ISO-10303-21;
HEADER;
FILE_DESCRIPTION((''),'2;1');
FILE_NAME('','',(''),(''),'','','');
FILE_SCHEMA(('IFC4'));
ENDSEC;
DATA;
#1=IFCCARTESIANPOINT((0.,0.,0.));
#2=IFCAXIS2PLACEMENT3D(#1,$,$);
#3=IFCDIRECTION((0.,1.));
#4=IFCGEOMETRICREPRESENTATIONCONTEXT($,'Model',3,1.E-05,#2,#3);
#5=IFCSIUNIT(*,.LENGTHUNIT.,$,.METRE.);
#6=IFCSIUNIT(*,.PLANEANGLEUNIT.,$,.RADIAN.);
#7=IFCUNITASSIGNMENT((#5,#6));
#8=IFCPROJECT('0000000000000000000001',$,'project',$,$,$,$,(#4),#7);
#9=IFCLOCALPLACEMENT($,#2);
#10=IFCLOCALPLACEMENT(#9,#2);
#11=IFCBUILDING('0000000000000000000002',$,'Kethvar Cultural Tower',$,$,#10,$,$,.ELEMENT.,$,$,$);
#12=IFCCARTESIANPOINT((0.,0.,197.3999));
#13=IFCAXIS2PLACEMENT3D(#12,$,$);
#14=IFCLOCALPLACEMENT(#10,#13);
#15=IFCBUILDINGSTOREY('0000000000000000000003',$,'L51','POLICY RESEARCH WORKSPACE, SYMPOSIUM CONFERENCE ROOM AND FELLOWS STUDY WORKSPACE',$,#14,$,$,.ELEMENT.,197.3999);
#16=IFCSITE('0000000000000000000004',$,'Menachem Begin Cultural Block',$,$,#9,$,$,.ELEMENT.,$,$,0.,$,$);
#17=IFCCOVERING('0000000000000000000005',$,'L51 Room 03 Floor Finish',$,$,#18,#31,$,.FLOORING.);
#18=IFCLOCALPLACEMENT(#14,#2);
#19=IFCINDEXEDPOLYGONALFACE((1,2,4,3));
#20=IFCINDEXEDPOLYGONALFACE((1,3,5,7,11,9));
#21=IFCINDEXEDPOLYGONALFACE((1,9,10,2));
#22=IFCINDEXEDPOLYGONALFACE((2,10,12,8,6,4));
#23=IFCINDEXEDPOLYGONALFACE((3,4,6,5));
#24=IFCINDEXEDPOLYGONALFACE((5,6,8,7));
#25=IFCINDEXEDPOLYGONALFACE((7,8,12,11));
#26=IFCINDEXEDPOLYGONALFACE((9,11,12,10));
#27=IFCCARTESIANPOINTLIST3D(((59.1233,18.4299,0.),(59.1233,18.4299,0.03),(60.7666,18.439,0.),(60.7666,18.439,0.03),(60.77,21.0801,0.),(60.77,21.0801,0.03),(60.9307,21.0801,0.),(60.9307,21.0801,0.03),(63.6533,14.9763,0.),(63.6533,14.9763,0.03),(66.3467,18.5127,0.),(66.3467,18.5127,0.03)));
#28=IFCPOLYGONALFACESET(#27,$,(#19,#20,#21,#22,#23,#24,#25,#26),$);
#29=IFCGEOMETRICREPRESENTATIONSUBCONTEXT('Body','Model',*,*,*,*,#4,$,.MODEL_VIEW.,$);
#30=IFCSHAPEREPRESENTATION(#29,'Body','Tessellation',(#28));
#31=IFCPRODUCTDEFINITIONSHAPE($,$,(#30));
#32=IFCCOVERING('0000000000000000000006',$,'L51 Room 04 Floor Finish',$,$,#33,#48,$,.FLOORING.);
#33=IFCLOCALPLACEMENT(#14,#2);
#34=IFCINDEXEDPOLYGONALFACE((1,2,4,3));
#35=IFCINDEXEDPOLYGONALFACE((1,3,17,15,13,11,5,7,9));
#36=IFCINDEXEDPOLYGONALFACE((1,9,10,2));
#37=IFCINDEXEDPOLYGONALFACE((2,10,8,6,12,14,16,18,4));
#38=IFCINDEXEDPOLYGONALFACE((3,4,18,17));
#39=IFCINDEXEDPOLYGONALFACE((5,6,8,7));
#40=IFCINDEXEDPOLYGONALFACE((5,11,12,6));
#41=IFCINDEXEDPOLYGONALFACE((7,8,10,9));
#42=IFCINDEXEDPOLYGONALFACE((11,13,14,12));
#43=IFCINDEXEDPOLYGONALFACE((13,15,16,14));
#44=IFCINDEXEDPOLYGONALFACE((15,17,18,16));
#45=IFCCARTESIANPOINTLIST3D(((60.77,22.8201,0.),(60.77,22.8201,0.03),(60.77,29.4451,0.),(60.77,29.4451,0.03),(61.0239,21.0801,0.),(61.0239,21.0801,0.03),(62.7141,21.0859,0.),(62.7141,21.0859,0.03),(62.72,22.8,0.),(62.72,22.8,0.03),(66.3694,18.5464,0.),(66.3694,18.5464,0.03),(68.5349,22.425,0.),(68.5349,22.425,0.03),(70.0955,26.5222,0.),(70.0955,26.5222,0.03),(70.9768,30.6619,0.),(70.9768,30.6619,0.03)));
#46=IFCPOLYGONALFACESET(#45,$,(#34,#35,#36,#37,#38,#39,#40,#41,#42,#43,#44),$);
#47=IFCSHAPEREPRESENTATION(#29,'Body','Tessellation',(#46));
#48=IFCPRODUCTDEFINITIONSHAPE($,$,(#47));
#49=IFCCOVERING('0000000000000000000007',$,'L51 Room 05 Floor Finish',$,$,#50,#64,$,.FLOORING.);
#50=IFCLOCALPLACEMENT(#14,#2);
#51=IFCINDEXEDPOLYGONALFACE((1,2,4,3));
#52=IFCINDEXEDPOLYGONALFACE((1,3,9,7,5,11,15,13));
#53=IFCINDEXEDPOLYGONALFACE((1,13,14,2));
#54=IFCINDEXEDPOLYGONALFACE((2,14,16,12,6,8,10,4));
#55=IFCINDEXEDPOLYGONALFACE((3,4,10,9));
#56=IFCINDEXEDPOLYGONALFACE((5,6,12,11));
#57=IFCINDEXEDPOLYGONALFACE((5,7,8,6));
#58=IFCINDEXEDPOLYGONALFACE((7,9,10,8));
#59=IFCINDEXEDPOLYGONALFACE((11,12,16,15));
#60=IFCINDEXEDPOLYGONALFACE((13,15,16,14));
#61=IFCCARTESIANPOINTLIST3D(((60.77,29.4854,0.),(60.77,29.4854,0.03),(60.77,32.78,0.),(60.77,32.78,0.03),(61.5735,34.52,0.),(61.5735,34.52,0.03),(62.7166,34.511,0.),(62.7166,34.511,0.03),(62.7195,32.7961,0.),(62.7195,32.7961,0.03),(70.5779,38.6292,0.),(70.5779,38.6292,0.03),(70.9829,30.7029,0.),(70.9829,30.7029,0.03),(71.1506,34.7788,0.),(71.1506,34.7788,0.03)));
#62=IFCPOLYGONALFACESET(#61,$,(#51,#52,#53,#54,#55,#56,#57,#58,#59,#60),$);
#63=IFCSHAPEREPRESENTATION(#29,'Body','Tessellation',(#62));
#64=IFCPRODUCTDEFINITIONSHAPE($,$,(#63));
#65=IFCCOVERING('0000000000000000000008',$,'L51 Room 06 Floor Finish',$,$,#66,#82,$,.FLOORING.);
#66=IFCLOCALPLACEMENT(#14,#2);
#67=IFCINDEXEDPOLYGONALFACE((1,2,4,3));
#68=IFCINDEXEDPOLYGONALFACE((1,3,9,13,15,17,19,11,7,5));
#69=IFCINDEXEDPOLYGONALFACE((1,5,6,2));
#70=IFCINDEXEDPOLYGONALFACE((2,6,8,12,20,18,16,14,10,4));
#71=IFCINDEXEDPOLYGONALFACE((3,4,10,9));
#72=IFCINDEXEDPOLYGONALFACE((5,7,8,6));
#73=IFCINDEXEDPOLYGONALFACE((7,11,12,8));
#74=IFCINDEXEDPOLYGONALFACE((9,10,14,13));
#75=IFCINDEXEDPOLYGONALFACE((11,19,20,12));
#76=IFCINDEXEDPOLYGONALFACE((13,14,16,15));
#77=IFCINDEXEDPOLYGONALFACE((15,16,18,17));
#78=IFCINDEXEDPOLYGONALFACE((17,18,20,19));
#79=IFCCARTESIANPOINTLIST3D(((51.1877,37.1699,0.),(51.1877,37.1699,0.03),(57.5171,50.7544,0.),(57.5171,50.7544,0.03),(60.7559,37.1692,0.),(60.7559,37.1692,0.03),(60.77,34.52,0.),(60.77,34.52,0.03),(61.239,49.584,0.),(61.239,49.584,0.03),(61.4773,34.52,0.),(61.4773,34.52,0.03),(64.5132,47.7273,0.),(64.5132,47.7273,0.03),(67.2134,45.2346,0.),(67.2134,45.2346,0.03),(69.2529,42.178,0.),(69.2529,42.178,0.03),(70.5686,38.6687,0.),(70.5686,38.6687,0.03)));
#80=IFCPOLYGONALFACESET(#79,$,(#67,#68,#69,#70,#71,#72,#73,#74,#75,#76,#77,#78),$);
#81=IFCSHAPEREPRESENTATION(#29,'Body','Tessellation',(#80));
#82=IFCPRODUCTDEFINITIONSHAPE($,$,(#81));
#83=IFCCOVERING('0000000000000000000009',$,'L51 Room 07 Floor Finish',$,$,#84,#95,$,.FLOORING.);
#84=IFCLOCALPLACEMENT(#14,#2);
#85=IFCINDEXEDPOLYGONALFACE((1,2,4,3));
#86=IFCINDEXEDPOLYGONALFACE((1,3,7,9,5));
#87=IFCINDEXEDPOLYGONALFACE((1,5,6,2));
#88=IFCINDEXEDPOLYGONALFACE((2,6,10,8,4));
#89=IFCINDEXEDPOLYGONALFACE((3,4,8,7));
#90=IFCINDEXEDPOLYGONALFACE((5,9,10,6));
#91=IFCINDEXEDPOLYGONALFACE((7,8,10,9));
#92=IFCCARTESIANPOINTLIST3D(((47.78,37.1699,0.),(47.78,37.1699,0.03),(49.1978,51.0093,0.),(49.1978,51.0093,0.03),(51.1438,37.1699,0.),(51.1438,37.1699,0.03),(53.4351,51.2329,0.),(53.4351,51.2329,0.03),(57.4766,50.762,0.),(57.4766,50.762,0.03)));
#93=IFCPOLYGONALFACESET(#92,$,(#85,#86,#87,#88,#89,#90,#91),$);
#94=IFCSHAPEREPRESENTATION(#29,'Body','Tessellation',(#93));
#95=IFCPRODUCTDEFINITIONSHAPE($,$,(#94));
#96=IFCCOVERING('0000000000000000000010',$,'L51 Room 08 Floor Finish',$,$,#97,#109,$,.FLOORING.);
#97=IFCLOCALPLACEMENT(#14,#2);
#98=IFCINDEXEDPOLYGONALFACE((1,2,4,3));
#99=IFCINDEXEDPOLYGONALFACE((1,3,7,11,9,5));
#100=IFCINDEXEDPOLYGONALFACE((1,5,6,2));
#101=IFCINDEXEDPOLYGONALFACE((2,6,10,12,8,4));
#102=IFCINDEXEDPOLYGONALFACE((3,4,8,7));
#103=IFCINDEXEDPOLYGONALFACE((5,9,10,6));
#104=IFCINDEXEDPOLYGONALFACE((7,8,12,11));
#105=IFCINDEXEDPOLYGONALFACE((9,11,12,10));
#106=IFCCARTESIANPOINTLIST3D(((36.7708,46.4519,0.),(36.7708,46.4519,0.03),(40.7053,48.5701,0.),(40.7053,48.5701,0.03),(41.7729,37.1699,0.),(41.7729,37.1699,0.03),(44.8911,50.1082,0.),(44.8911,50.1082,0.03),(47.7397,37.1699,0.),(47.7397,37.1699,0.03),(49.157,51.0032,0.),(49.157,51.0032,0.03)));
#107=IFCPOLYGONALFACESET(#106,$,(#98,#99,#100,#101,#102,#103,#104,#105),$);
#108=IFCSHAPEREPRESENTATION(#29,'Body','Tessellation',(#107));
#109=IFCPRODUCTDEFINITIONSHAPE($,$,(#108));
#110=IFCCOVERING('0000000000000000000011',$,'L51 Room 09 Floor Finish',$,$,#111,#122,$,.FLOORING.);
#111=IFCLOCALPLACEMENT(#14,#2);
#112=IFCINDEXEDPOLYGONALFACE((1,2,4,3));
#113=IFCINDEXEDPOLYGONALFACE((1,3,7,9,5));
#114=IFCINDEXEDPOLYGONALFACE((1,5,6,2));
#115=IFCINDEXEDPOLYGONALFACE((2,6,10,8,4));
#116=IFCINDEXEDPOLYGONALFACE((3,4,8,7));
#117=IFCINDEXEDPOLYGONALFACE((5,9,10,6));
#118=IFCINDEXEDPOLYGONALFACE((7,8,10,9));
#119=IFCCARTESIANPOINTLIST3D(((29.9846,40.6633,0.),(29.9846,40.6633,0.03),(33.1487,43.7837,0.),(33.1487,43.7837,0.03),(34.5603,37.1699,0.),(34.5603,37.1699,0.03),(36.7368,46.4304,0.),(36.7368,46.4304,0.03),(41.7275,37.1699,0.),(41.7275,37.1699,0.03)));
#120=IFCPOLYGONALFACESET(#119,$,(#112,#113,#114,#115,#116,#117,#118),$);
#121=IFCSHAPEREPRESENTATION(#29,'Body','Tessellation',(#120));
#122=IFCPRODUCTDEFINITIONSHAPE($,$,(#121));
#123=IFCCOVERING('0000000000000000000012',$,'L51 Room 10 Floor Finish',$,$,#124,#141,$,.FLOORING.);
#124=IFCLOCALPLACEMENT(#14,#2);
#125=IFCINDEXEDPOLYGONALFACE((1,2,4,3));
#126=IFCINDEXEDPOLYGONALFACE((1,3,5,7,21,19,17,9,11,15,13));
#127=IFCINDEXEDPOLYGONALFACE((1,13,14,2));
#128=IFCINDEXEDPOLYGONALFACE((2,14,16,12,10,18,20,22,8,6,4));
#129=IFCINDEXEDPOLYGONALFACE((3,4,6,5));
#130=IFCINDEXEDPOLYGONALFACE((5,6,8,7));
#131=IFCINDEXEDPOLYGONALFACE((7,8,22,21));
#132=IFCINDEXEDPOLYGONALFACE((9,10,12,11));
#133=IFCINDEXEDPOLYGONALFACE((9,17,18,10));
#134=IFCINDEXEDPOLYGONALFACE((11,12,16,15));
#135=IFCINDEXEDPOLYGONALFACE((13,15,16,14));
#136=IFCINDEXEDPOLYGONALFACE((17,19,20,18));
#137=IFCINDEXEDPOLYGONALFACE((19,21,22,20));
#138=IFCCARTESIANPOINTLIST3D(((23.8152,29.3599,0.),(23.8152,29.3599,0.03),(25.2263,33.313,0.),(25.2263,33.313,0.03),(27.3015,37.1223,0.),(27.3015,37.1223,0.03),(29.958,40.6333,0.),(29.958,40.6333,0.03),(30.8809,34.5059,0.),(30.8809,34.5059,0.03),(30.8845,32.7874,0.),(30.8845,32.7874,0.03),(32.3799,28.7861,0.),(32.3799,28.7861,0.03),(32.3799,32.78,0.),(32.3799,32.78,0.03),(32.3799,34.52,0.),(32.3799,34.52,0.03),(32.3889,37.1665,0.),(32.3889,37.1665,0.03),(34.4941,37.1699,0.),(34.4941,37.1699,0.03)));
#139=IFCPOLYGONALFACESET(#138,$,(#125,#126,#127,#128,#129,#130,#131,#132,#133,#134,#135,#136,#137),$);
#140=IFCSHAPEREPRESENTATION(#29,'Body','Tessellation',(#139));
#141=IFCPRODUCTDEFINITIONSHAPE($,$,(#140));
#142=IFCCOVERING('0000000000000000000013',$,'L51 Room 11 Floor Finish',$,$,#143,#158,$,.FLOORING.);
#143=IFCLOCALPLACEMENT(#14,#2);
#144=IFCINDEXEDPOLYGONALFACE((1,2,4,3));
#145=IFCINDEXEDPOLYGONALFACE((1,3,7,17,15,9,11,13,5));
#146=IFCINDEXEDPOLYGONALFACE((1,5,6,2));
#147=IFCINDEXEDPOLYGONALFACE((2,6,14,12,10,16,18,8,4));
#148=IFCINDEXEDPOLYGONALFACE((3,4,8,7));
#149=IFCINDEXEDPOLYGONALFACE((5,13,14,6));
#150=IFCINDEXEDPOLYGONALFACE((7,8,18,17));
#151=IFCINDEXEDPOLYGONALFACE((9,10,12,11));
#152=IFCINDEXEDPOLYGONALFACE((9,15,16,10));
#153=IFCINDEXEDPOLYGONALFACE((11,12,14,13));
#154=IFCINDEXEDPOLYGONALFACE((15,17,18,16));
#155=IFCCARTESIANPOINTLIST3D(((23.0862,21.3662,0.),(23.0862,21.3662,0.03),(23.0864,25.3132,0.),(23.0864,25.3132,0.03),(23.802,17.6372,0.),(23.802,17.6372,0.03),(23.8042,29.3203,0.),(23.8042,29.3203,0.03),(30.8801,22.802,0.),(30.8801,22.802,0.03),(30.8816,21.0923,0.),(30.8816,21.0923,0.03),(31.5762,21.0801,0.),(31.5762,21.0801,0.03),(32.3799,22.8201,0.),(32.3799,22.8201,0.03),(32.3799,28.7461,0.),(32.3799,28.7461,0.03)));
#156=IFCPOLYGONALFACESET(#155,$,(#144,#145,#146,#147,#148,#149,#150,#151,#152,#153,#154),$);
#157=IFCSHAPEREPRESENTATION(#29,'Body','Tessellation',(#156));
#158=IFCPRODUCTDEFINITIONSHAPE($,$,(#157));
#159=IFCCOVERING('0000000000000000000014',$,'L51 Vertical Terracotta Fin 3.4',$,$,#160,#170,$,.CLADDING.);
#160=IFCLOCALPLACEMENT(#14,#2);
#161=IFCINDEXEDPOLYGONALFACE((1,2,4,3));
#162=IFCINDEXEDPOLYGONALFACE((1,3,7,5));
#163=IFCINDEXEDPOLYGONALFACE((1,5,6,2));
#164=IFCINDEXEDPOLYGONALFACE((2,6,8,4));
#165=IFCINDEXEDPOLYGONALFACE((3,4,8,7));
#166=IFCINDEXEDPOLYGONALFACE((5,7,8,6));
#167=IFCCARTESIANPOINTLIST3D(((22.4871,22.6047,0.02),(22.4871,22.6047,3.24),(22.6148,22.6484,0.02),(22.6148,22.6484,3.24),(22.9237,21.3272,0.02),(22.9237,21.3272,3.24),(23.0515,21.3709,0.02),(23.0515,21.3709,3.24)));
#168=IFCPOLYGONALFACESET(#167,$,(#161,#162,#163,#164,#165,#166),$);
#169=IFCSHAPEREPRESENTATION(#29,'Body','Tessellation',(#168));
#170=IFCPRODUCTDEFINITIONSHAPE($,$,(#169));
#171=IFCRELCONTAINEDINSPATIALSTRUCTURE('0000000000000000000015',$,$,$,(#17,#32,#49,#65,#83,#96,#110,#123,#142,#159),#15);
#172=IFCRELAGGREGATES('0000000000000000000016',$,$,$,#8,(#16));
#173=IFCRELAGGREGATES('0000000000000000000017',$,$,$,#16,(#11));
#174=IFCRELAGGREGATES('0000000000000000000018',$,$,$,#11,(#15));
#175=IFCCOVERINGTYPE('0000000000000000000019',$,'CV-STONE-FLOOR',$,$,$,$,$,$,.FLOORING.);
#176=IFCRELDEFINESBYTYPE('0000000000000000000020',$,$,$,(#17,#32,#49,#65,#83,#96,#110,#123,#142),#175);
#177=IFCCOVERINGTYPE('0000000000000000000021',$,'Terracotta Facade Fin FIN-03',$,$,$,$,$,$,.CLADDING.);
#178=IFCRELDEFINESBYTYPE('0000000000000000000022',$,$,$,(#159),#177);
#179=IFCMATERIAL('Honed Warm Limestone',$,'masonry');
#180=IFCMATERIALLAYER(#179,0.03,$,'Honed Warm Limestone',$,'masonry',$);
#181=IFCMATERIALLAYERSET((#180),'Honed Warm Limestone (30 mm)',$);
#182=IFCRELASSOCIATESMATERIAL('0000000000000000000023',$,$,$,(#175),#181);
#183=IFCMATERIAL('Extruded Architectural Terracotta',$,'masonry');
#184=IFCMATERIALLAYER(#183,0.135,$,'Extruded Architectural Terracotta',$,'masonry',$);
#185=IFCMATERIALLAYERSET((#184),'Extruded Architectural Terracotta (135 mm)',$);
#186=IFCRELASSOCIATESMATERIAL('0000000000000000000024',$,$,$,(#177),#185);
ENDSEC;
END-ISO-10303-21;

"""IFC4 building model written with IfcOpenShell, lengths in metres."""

from ifc_helpers import new_model, si_unit, direction, frame, origin, origin_2d, place, context, subcontext, project, spatial, polyline, rectangle, outline, extrude, source, transform, mapped, material, layer, layer_set, type_object, element, save


model = new_model("IFC4")

# Units and contexts
model_context = context("Model", 3, precision=1e-05, world=origin(), true_north=direction((0.0, 1.0)))
body_context = subcontext(model_context, "Body", "Model", "MODEL_VIEW")
ifc_project = project(units=[si_unit("LENGTHUNIT", "METRE"), si_unit("PLANEANGLEUNIT", "RADIAN")], contexts=[model_context])

# Site, building, storey
site_placement = place(None, origin())
site = spatial("IfcSite", under=ifc_project, at=site_placement, Name="Menachem Begin Cultural Block", CompositionType="ELEMENT", RefElevation=0.0)
building_placement = place(site_placement, origin())
building = spatial("IfcBuilding", under=site, at=building_placement, Name="Kethvar Cultural Tower", CompositionType="ELEMENT")
storey_placement = place(building_placement, frame((0.0, 0.0, 197.3999)))
storey = spatial("IfcBuildingStorey", under=building, at=storey_placement, Name="L51", Description="POLICY RESEARCH WORKSPACE, SYMPOSIUM CONFERENCE ROOM AND FELLOWS STUDY WORKSPACE", CompositionType="ELEMENT", Elevation=197.3999)

# Coverings
ifc_material_1 = material(Name="Honed Warm Limestone", Category="masonry")
ifc_layer_1 = layer(ifc_material_1, 0.03, Name="Honed Warm Limestone", Category="masonry")
ifc_layer_set_1 = layer_set([ifc_layer_1], Name="Honed Warm Limestone (30 mm)")
covering_type_1 = type_object("IfcCoveringType", Name="CV-STONE-FLOOR", PredefinedType="FLOORING", material=ifc_layer_set_1)
covering_1_placement = place(storey_placement, origin())
element("IfcCovering", 1, at=covering_1_placement, inside=storey, type_object=covering_type_1, Name="L51 Room 03 Floor Finish", PredefinedType="FLOORING", context=body_context, shape_type="SweptSolid", body=[
    extrude(outline(polyline([(63.6533, 14.9763), (59.1233, 18.4299), (60.7666, 18.439), (60.77, 21.0801), (60.9307, 21.0801), (66.3467, 18.5127), (63.6533, 14.9763)])), origin(), (0.0, 0.0, 1.0), 0.03),
])
covering_2_placement = place(storey_placement, origin())
element("IfcCovering", 2, at=covering_2_placement, inside=storey, type_object=covering_type_1, Name="L51 Room 04 Floor Finish", PredefinedType="FLOORING", context=body_context, shape_type="SweptSolid", body=[
    extrude(outline(polyline([(70.0955, 26.5222), (68.5349, 22.425), (66.3694, 18.5464), (61.0239, 21.0801), (62.7141, 21.0859), (62.72, 22.8), (60.77, 22.8201), (60.77, 29.4451), (70.9768, 30.6619), (70.0955, 26.5222)])), origin(), (0.0, 0.0, 1.0), 0.03),
])
covering_3_placement = place(storey_placement, origin())
element("IfcCovering", 3, at=covering_3_placement, inside=storey, type_object=covering_type_1, Name="L51 Room 05 Floor Finish", PredefinedType="FLOORING", context=body_context, shape_type="SweptSolid", body=[
    extrude(outline(polyline([(71.1506, 34.7788), (70.9829, 30.7029), (60.77, 29.4854), (60.77, 32.78), (62.7195, 32.7961), (62.7166, 34.511), (61.5735, 34.52), (70.5779, 38.6292), (71.1506, 34.7788)])), origin(), (0.0, 0.0, 1.0), 0.03),
])
covering_4_placement = place(storey_placement, origin())
element("IfcCovering", 4, at=covering_4_placement, inside=storey, type_object=covering_type_1, Name="L51 Room 06 Floor Finish", PredefinedType="FLOORING", context=body_context, shape_type="SweptSolid", body=[
    extrude(outline(polyline([(70.5686, 38.6687), (61.4773, 34.52), (60.77, 34.52), (60.7559, 37.1692), (51.1877, 37.1699), (57.5171, 50.7544), (61.239, 49.584), (64.5132, 47.7273), (67.2134, 45.2346), (69.2529, 42.178), (70.5686, 38.6687)])), origin(), (0.0, 0.0, 1.0), 0.03),
])
covering_5_placement = place(storey_placement, origin())
element("IfcCovering", 5, at=covering_5_placement, inside=storey, type_object=covering_type_1, Name="L51 Room 07 Floor Finish", PredefinedType="FLOORING", context=body_context, shape_type="SweptSolid", body=[
    extrude(outline(polyline([(53.4351, 51.2329), (57.4766, 50.762), (51.1438, 37.1699), (47.78, 37.1699), (49.1978, 51.0093), (53.4351, 51.2329)])), origin(), (0.0, 0.0, 1.0), 0.03),
])
covering_6_placement = place(storey_placement, origin())
element("IfcCovering", 6, at=covering_6_placement, inside=storey, type_object=covering_type_1, Name="L51 Room 08 Floor Finish", PredefinedType="FLOORING", context=body_context, shape_type="SweptSolid", body=[
    extrude(outline(polyline([(40.7053, 48.5701), (44.8911, 50.1082), (49.157, 51.0032), (47.7397, 37.1699), (41.7729, 37.1699), (36.7708, 46.4519), (40.7053, 48.5701)])), origin(), (0.0, 0.0, 1.0), 0.03),
])
covering_7_placement = place(storey_placement, origin())
element("IfcCovering", 7, at=covering_7_placement, inside=storey, type_object=covering_type_1, Name="L51 Room 09 Floor Finish", PredefinedType="FLOORING", context=body_context, shape_type="SweptSolid", body=[
    extrude(outline(polyline([(33.1487, 43.7837), (36.7368, 46.4304), (41.7275, 37.1699), (34.5603, 37.1699), (29.9846, 40.6633), (33.1487, 43.7837)])), origin(), (0.0, 0.0, 1.0), 0.03),
])
covering_8_placement = place(storey_placement, origin())
element("IfcCovering", 8, at=covering_8_placement, inside=storey, type_object=covering_type_1, Name="L51 Room 10 Floor Finish", PredefinedType="FLOORING", context=body_context, shape_type="SweptSolid", body=[
    extrude(outline(polyline([(23.8152, 29.3599), (25.2263, 33.313), (27.3015, 37.1223), (29.958, 40.6333), (34.4941, 37.1699), (32.3889, 37.1665), (32.3799, 34.52), (30.8809, 34.5059), (30.8845, 32.7874), (32.3799, 32.78), (32.3799, 28.7861), (23.8152, 29.3599)])), origin(), (0.0, 0.0, 1.0), 0.03),
])
covering_9_placement = place(storey_placement, origin())
element("IfcCovering", 9, at=covering_9_placement, inside=storey, type_object=covering_type_1, Name="L51 Room 11 Floor Finish", PredefinedType="FLOORING", context=body_context, shape_type="SweptSolid", body=[
    extrude(outline(polyline([(23.0862, 21.3662), (23.0864, 25.3132), (23.8042, 29.3203), (32.3799, 28.7461), (32.3799, 22.8201), (30.8801, 22.802), (30.8816, 21.0923), (31.5762, 21.0801), (23.802, 17.6372), (23.0862, 21.3662)])), origin(), (0.0, 0.0, 1.0), 0.03),
])
ifc_material_2 = material(Name="Extruded Architectural Terracotta", Category="masonry")
ifc_layer_2 = layer(ifc_material_2, 0.135, Name="Extruded Architectural Terracotta", Category="masonry")
ifc_layer_set_2 = layer_set([ifc_layer_2], Name="Extruded Architectural Terracotta (135 mm)")
covering_type_2 = type_object("IfcCoveringType", Name="Terracotta Facade Fin FIN-03", PredefinedType="CLADDING", material=ifc_layer_set_2)
shared_shape = source(origin(), body_context, "Body", "SweptSolid", [
    extrude(rectangle(XDim=1.3501, YDim=0.135, at=origin_2d()), origin(), (0.0, 0.0, 1.0), 3.22),
])
covering_10_placement = place(storey_placement, frame((22.7693, 21.9878, 0.02), z_axis=(0.0, 0.0, 1.0), x_axis=(-0.323422, 0.946255, 0.0)))
element("IfcCovering", 10, at=covering_10_placement, inside=storey, type_object=covering_type_2, Name="L51 Vertical Terracotta Fin 3.4", PredefinedType="CLADDING", context=body_context, shape_type="MappedRepresentation", body=[
    mapped(shared_shape, transform((0.0, 0.0, 0.0), scale=1.0)),
])

save(model, "model.ifc")
